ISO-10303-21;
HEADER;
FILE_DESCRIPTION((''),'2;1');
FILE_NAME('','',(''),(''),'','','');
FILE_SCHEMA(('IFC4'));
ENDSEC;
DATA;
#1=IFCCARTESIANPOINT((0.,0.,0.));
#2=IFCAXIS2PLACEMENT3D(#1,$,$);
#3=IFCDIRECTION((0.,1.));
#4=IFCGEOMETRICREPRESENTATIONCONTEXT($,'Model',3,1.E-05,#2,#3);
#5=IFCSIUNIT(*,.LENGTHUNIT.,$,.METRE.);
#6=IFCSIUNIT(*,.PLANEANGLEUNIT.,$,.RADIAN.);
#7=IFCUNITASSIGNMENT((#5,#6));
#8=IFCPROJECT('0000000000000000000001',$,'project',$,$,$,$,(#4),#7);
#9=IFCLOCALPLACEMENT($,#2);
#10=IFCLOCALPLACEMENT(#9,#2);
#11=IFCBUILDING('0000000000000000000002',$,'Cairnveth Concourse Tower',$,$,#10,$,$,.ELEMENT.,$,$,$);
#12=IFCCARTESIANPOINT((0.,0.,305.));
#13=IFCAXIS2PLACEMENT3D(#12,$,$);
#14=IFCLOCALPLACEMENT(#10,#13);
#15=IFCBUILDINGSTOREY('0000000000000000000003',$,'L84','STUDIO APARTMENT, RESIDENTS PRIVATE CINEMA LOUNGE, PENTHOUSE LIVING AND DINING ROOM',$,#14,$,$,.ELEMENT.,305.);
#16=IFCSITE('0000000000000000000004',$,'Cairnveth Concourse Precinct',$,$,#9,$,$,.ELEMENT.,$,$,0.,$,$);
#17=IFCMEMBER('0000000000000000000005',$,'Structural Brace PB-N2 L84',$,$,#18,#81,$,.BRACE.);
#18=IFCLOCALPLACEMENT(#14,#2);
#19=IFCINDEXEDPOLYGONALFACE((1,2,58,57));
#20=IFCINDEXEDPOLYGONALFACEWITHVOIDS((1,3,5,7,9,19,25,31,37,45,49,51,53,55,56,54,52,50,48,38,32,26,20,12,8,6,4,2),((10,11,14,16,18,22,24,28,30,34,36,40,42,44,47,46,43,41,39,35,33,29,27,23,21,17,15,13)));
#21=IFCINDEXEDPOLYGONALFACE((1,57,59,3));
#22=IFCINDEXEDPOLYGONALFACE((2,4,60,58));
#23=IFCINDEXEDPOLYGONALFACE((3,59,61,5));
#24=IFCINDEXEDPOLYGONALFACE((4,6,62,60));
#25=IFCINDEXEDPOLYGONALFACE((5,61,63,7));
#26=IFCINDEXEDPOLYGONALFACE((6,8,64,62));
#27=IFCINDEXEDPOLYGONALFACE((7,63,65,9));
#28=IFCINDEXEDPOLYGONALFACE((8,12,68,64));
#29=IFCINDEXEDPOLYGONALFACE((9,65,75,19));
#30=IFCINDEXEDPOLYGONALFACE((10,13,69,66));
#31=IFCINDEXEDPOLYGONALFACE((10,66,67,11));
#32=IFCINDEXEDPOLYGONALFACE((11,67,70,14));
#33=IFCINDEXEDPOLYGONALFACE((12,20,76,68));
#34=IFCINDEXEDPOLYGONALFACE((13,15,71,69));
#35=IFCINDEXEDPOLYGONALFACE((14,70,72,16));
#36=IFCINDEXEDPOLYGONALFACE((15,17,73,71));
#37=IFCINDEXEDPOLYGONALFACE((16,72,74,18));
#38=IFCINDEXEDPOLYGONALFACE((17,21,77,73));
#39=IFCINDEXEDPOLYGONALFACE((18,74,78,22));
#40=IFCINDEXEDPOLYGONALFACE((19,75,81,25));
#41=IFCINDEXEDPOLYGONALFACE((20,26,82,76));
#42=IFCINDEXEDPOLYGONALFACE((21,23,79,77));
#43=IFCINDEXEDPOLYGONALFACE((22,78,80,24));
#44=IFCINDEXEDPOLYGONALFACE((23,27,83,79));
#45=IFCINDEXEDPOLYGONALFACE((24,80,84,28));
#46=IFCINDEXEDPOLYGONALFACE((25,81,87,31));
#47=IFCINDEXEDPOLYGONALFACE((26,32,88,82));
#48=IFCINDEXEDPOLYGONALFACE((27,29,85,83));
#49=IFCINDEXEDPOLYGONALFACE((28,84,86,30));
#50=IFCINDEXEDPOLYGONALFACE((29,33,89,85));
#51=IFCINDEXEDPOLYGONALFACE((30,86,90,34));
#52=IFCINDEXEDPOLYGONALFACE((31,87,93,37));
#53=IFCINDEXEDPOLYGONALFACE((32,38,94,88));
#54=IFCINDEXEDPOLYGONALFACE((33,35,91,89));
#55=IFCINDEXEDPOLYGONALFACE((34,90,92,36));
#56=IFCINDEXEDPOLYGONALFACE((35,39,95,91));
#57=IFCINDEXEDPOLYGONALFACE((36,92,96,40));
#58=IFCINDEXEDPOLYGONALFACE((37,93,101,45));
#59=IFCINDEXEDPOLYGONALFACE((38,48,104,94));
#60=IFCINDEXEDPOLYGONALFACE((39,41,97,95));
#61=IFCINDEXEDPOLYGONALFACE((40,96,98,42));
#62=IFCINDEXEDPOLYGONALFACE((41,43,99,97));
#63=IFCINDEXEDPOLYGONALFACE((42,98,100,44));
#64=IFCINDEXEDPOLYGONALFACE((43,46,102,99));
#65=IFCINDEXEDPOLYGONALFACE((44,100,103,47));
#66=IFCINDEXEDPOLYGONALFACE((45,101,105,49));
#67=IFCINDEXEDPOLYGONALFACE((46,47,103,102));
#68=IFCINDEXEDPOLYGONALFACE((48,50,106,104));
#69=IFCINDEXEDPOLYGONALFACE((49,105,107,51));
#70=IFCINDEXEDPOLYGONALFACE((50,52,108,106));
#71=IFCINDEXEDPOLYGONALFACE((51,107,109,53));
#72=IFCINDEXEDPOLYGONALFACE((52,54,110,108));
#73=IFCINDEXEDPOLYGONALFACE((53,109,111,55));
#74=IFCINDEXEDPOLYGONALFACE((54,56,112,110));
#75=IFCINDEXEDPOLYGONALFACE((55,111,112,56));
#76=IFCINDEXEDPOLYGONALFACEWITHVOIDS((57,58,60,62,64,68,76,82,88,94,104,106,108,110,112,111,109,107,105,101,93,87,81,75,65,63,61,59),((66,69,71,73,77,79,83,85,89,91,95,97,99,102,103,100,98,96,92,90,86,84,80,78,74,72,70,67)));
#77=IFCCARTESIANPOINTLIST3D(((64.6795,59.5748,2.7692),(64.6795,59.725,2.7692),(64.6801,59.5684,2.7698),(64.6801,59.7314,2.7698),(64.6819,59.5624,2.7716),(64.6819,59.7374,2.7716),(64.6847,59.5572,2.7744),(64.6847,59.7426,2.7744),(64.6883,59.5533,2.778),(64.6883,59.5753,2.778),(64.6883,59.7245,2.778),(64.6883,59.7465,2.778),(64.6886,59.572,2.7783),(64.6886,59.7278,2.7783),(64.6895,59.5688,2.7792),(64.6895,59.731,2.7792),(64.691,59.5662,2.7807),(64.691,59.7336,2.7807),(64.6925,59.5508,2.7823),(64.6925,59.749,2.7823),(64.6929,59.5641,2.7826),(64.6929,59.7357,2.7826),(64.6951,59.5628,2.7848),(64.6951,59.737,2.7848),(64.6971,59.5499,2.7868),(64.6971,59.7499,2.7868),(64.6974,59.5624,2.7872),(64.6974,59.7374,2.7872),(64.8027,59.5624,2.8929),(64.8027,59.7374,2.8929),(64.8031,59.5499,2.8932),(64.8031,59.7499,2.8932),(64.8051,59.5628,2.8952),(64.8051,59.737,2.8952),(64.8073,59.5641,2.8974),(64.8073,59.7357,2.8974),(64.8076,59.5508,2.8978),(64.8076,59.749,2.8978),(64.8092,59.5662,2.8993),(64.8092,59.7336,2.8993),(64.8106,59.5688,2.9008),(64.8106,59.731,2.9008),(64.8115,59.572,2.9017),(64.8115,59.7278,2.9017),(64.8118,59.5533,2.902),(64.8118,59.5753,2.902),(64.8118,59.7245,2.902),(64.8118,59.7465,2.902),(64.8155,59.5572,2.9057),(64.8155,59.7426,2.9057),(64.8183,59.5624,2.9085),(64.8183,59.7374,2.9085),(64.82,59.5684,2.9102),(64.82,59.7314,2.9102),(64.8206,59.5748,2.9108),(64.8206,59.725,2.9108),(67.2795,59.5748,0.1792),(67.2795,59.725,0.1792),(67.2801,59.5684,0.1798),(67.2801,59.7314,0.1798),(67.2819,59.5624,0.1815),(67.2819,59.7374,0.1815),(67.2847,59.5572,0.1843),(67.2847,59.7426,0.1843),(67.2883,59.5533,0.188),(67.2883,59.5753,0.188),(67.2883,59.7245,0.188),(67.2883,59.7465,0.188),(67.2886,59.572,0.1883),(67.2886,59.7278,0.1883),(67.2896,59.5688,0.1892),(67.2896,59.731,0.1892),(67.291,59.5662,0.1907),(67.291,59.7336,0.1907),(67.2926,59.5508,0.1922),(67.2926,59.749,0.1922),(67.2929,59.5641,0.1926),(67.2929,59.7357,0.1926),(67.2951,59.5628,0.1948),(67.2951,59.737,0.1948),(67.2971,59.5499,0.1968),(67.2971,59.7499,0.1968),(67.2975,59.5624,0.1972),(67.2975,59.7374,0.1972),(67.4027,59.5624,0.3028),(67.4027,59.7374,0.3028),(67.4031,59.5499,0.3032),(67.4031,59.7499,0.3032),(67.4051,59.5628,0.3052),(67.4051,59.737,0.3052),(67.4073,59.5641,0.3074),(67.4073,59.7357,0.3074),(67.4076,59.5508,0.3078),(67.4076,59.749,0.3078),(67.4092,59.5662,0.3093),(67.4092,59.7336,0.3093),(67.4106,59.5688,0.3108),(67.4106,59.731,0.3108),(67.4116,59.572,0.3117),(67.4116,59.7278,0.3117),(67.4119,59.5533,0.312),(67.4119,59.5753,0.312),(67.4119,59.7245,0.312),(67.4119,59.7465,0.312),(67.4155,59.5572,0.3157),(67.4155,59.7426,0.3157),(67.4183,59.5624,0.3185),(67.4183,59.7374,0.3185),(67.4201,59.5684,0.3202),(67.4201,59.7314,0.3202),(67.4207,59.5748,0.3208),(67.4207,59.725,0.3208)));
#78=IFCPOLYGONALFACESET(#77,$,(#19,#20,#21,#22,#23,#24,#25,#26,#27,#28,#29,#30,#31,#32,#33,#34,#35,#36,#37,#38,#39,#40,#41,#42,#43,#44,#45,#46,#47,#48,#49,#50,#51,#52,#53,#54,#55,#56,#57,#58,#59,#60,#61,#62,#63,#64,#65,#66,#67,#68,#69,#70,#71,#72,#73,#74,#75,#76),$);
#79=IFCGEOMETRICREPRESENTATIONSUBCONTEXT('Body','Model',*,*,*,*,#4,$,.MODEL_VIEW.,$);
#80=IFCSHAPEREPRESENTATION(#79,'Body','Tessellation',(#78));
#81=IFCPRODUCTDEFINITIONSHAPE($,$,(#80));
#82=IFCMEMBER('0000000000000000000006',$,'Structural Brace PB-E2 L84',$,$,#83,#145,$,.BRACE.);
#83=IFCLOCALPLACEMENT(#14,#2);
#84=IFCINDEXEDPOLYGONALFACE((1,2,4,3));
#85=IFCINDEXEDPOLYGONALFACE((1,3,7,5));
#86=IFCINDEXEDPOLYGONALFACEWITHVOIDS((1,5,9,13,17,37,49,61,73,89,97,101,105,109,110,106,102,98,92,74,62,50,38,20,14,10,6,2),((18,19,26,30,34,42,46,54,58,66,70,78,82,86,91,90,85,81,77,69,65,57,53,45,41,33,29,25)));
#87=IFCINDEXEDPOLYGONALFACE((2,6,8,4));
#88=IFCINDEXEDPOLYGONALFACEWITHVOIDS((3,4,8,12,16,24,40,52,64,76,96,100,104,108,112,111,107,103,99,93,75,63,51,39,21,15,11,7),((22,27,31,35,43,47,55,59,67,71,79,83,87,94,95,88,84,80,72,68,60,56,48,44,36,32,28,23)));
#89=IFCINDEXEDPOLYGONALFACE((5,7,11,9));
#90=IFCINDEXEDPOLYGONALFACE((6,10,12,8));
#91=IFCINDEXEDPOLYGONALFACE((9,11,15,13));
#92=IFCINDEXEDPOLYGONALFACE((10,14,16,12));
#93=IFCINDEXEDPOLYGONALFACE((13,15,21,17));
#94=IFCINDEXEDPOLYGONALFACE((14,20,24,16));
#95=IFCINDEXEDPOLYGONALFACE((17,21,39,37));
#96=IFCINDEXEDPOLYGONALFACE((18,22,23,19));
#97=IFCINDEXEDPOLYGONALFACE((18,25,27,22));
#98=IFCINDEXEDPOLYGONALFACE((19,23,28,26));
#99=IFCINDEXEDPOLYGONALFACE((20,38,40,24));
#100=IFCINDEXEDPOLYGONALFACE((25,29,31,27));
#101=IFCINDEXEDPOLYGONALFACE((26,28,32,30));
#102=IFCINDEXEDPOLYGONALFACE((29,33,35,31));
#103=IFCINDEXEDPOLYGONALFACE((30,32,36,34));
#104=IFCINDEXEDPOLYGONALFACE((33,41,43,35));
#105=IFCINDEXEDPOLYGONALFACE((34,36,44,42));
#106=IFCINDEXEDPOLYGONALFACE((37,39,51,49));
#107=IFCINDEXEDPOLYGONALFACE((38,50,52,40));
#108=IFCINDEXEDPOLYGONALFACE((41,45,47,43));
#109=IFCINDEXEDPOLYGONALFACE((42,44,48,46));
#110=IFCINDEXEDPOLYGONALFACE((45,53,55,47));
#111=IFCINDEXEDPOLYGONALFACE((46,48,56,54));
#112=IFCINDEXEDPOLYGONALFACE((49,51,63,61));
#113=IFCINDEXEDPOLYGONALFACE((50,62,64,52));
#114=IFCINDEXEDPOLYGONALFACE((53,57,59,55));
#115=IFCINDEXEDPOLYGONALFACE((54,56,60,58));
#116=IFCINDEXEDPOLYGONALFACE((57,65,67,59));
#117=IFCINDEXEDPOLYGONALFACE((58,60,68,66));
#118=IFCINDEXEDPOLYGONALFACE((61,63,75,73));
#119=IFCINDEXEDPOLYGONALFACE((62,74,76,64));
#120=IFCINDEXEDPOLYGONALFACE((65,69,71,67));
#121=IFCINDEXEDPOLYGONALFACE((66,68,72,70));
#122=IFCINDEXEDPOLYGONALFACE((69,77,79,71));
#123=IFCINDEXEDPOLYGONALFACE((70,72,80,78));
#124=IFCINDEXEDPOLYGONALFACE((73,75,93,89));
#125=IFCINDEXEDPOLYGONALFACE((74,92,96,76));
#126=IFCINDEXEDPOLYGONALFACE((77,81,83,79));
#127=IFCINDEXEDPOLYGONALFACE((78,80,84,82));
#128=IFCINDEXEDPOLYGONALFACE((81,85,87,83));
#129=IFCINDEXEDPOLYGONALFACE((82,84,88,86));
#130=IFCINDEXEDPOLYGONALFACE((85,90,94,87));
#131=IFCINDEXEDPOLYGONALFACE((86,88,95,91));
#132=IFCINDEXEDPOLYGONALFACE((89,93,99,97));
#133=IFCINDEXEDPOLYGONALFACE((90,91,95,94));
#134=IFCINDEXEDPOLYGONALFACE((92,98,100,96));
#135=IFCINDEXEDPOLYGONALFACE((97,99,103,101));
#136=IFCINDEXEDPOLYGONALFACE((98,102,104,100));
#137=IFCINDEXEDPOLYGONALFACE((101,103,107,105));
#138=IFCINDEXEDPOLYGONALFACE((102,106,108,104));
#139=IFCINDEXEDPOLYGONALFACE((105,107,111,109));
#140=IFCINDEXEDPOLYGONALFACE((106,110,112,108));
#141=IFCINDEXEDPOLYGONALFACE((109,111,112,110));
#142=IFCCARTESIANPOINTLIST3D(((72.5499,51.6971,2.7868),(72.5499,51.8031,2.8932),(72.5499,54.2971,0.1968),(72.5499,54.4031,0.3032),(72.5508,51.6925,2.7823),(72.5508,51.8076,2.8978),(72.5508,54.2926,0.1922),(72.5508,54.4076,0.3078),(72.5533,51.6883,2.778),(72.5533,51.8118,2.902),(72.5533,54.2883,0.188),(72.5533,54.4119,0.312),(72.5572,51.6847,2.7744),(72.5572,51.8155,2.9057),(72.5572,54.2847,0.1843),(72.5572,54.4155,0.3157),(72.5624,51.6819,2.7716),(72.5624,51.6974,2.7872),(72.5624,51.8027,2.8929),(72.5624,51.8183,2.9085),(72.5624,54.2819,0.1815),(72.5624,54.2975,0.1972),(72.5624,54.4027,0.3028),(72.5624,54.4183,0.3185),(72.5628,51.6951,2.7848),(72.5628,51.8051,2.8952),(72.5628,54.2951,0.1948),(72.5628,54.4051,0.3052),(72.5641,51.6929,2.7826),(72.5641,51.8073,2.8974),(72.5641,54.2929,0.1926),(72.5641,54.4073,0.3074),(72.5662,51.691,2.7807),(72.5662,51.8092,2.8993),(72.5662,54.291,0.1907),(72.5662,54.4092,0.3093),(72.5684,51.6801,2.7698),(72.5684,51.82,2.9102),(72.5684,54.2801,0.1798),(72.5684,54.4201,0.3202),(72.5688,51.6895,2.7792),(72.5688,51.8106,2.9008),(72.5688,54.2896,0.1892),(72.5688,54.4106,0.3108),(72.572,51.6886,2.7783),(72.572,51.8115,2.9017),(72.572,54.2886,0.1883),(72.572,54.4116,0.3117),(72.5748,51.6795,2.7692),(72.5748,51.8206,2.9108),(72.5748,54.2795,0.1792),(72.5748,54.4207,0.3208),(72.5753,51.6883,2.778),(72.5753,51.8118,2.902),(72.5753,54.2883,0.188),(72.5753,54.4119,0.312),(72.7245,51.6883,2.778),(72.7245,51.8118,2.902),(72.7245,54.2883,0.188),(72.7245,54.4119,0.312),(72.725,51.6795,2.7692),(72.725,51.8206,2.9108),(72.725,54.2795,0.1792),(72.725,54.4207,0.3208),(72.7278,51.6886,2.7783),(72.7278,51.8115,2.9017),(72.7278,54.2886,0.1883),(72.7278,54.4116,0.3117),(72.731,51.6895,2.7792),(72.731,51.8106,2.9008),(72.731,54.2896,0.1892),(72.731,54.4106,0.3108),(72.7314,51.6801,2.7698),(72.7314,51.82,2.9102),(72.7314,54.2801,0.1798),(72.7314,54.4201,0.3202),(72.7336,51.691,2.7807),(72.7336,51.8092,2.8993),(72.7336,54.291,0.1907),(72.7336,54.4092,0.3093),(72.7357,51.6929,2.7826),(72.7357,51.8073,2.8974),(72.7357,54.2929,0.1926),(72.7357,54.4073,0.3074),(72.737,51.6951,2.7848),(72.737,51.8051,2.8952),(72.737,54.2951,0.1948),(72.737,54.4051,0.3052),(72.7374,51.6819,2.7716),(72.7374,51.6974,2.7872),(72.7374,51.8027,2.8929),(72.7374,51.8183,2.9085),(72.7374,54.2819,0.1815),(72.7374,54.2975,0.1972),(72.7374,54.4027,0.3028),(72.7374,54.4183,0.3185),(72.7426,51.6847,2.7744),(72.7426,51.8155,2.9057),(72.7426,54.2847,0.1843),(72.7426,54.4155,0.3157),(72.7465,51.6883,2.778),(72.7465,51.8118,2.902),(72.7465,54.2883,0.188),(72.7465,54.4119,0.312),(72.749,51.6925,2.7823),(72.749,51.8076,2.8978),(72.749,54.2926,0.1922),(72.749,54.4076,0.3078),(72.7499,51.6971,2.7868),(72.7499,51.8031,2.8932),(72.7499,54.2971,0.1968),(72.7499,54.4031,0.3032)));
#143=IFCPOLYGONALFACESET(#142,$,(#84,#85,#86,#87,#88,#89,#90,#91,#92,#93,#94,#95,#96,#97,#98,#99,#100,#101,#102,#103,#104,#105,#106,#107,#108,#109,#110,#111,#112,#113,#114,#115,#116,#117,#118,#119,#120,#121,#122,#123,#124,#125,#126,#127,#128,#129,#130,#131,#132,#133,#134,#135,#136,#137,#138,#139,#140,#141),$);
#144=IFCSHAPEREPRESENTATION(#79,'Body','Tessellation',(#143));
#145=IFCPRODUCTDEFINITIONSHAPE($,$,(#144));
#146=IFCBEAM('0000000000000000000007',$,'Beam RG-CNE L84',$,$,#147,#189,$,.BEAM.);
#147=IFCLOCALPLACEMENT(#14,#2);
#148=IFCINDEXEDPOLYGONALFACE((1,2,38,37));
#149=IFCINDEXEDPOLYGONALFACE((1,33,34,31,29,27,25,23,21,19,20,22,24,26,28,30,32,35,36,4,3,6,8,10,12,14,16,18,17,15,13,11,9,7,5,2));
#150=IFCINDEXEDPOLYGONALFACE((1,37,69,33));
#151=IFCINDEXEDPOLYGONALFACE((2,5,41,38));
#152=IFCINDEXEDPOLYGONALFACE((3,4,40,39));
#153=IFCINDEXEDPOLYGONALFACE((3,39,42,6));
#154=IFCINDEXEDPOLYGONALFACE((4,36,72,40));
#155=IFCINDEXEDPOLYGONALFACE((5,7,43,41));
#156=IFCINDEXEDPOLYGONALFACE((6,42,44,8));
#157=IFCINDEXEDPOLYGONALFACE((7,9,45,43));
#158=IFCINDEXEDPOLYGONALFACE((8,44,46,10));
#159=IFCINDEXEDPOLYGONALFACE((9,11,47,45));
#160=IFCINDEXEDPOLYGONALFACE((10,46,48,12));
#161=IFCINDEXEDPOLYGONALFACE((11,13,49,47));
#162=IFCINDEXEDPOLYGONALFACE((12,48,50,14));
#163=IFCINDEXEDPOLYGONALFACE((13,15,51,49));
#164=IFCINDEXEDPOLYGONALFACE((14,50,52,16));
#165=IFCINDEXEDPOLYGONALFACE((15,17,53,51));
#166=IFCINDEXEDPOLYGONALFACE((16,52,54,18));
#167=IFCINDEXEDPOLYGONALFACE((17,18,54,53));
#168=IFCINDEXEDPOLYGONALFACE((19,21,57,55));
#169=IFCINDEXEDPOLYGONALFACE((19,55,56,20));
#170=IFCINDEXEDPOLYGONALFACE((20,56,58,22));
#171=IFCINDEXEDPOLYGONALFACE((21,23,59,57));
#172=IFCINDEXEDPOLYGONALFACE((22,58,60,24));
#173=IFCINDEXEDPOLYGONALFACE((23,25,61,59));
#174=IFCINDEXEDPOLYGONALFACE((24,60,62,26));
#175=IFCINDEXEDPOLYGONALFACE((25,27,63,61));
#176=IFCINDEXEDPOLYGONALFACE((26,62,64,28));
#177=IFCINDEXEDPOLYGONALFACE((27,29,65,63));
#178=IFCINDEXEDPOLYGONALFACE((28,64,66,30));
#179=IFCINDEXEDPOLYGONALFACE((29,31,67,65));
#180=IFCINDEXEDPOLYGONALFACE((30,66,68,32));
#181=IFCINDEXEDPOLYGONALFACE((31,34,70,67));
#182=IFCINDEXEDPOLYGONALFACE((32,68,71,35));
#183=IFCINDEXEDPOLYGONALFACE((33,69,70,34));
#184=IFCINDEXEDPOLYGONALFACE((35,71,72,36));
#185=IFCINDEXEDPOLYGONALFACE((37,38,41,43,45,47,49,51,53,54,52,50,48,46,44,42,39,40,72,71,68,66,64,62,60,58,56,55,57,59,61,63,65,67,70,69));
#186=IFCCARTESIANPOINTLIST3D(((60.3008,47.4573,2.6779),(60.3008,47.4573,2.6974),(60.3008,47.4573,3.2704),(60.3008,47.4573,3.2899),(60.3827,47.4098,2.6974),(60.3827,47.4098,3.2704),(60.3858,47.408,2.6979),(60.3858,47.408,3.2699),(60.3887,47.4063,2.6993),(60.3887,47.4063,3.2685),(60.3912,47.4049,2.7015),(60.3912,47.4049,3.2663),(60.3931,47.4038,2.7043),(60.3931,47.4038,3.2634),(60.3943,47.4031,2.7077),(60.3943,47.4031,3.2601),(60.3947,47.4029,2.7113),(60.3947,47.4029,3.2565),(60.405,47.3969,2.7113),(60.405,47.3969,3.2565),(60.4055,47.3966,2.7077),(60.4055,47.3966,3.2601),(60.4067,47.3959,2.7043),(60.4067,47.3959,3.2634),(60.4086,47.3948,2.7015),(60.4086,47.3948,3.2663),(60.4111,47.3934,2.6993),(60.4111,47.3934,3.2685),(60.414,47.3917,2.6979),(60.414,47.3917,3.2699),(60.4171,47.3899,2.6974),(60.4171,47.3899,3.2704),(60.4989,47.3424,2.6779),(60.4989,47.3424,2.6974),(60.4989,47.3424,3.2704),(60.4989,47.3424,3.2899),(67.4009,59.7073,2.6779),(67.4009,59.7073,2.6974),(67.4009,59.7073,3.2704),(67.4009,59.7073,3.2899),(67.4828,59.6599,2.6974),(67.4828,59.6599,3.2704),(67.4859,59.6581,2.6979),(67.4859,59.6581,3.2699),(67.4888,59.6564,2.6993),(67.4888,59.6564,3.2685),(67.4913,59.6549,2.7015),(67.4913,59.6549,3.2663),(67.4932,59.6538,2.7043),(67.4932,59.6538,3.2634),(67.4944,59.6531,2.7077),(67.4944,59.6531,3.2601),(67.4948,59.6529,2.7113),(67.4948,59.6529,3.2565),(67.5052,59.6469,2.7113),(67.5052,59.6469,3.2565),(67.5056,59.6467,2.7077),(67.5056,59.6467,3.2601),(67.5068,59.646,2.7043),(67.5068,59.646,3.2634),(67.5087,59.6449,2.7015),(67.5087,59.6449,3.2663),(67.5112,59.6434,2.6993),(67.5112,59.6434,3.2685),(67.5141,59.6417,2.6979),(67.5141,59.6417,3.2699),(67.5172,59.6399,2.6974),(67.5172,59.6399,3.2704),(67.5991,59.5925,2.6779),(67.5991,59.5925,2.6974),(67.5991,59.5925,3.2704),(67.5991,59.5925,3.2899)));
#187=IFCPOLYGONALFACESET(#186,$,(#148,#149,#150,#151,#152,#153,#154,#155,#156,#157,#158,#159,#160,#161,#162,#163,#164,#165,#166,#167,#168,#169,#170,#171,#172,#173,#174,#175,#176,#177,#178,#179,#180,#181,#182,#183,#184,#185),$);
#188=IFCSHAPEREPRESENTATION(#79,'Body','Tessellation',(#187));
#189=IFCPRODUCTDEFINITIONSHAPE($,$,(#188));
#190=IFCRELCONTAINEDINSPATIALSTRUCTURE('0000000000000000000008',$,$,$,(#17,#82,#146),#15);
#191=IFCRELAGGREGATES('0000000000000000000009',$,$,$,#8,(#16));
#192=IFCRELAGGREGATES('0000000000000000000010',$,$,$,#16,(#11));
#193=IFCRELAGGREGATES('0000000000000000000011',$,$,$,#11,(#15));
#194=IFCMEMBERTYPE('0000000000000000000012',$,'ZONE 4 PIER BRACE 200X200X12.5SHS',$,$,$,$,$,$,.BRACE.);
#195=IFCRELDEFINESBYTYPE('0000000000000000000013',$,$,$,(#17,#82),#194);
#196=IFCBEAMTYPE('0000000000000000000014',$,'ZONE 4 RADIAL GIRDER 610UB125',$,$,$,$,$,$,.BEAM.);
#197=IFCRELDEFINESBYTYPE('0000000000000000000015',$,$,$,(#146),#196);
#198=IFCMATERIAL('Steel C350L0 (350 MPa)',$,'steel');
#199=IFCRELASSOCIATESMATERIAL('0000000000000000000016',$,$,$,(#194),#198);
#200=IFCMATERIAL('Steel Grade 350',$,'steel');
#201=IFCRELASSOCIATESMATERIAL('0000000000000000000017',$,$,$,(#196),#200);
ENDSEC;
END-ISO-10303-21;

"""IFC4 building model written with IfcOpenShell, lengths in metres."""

from ifc_helpers import new_model, si_unit, direction, frame, origin, origin_2d, place, context, subcontext, project, spatial, hollow_rectangle, i_section, extrude, material, material_profile, profile_set, type_object, element, save


model = new_model("IFC4")

# Units and contexts
model_context = context("Model", 3, precision=1e-05, world=origin(), true_north=direction((0.0, 1.0)))
body_context = subcontext(model_context, "Body", "Model", "MODEL_VIEW")
ifc_project = project(units=[si_unit("LENGTHUNIT", "METRE"), si_unit("PLANEANGLEUNIT", "RADIAN")], contexts=[model_context])

# Site, building, storey
site_placement = place(None, origin())
site = spatial("IfcSite", under=ifc_project, at=site_placement, Name="Cairnveth Concourse Precinct", CompositionType="ELEMENT", RefElevation=0.0)
building_placement = place(site_placement, origin())
building = spatial("IfcBuilding", under=site, at=building_placement, Name="Cairnveth Concourse Tower", CompositionType="ELEMENT")
storey_placement = place(building_placement, frame((0.0, 0.0, 305.0)))
storey = spatial("IfcBuildingStorey", under=building, at=storey_placement, Name="L84", Description="STUDIO APARTMENT, RESIDENTS PRIVATE CINEMA LOUNGE, PENTHOUSE LIVING AND DINING ROOM", CompositionType="ELEMENT", Elevation=305.0)

# Shared definitions
ifc_material_1 = material(Name="Steel Grade 350", Category="steel")

# Members
ifc_material_2 = material(Name="Steel C350L0 (350 MPa)", Category="steel")
ifc_material_profile_1 = material_profile(ifc_material_2, hollow_rectangle(XDim=0.2, YDim=0.2, WallThickness=0.0125, InnerFilletRadius=0.0129, OuterFilletRadius=0.0249, at=origin_2d()), Name="200x200x12.5SHS")
ifc_profile_set_1 = profile_set([ifc_material_profile_1], Name="Steel C350L0 (350 MPa)")
member_type = type_object("IfcMemberType", Name="ZONE 4 PIER BRACE 200X200X12.5SHS", PredefinedType="BRACE", material=ifc_profile_set_1)
for number, where, z_axis, x_axis, name in (
    (1, (67.3501, 59.6499, 0.25), (-0.708469, 0.0, 0.705742), (0.0, -1.0, 0.0), "Structural Brace PB-N2 L84"),
    (2, (72.6499, 54.3501, 0.25), (0.0, -0.708469, 0.705742), (1.0, 0.0, 0.0), "Structural Brace PB-E2 L84"),
):
    element("IfcMember", number, at=place(storey_placement, frame(where, z_axis=z_axis, x_axis=x_axis)), inside=storey, type_object=member_type, Name=name, PredefinedType="BRACE", context=body_context, shape_type="SweptSolid", body=[
        extrude(hollow_rectangle(XDim=0.2, YDim=0.2, WallThickness=0.0125, InnerFilletRadius=0.0129, OuterFilletRadius=0.0249, at=origin_2d()), origin(), (0.0, 0.0, 1.0), 3.6699),
    ])

# Beam
ifc_material_profile_2 = material_profile(ifc_material_1, i_section(OverallWidth=0.229, OverallDepth=0.6121, WebThickness=0.012, FlangeThickness=0.0195, FilletRadius=0.0139, at=origin_2d()), Name="610UB125")
ifc_profile_set_2 = profile_set([ifc_material_profile_2], Name="Steel Grade 350")
beam_type_1 = type_object("IfcBeamType", Name="ZONE 4 RADIAL GIRDER 610UB125", PredefinedType="BEAM", material=ifc_profile_set_2)
beam_1_placement = place(storey_placement, frame((67.5, 59.6499, 2.9839), z_axis=(-0.501459, -0.865181, 0.0), x_axis=(0.865181, -0.501459, 0.0)))
element("IfcBeam", 3, at=beam_1_placement, inside=storey, type_object=beam_type_1, Name="Beam RG-CNE L84", PredefinedType="BEAM", context=body_context, shape_type="SweptSolid", body=[
    extrude(i_section(OverallWidth=0.229, OverallDepth=0.6121, WebThickness=0.012, FlangeThickness=0.0195, FilletRadius=0.0139, at=origin_2d()), origin(), (0.0, 0.0, 1.0), 14.1589),
])

save(model, "model.ifc")
